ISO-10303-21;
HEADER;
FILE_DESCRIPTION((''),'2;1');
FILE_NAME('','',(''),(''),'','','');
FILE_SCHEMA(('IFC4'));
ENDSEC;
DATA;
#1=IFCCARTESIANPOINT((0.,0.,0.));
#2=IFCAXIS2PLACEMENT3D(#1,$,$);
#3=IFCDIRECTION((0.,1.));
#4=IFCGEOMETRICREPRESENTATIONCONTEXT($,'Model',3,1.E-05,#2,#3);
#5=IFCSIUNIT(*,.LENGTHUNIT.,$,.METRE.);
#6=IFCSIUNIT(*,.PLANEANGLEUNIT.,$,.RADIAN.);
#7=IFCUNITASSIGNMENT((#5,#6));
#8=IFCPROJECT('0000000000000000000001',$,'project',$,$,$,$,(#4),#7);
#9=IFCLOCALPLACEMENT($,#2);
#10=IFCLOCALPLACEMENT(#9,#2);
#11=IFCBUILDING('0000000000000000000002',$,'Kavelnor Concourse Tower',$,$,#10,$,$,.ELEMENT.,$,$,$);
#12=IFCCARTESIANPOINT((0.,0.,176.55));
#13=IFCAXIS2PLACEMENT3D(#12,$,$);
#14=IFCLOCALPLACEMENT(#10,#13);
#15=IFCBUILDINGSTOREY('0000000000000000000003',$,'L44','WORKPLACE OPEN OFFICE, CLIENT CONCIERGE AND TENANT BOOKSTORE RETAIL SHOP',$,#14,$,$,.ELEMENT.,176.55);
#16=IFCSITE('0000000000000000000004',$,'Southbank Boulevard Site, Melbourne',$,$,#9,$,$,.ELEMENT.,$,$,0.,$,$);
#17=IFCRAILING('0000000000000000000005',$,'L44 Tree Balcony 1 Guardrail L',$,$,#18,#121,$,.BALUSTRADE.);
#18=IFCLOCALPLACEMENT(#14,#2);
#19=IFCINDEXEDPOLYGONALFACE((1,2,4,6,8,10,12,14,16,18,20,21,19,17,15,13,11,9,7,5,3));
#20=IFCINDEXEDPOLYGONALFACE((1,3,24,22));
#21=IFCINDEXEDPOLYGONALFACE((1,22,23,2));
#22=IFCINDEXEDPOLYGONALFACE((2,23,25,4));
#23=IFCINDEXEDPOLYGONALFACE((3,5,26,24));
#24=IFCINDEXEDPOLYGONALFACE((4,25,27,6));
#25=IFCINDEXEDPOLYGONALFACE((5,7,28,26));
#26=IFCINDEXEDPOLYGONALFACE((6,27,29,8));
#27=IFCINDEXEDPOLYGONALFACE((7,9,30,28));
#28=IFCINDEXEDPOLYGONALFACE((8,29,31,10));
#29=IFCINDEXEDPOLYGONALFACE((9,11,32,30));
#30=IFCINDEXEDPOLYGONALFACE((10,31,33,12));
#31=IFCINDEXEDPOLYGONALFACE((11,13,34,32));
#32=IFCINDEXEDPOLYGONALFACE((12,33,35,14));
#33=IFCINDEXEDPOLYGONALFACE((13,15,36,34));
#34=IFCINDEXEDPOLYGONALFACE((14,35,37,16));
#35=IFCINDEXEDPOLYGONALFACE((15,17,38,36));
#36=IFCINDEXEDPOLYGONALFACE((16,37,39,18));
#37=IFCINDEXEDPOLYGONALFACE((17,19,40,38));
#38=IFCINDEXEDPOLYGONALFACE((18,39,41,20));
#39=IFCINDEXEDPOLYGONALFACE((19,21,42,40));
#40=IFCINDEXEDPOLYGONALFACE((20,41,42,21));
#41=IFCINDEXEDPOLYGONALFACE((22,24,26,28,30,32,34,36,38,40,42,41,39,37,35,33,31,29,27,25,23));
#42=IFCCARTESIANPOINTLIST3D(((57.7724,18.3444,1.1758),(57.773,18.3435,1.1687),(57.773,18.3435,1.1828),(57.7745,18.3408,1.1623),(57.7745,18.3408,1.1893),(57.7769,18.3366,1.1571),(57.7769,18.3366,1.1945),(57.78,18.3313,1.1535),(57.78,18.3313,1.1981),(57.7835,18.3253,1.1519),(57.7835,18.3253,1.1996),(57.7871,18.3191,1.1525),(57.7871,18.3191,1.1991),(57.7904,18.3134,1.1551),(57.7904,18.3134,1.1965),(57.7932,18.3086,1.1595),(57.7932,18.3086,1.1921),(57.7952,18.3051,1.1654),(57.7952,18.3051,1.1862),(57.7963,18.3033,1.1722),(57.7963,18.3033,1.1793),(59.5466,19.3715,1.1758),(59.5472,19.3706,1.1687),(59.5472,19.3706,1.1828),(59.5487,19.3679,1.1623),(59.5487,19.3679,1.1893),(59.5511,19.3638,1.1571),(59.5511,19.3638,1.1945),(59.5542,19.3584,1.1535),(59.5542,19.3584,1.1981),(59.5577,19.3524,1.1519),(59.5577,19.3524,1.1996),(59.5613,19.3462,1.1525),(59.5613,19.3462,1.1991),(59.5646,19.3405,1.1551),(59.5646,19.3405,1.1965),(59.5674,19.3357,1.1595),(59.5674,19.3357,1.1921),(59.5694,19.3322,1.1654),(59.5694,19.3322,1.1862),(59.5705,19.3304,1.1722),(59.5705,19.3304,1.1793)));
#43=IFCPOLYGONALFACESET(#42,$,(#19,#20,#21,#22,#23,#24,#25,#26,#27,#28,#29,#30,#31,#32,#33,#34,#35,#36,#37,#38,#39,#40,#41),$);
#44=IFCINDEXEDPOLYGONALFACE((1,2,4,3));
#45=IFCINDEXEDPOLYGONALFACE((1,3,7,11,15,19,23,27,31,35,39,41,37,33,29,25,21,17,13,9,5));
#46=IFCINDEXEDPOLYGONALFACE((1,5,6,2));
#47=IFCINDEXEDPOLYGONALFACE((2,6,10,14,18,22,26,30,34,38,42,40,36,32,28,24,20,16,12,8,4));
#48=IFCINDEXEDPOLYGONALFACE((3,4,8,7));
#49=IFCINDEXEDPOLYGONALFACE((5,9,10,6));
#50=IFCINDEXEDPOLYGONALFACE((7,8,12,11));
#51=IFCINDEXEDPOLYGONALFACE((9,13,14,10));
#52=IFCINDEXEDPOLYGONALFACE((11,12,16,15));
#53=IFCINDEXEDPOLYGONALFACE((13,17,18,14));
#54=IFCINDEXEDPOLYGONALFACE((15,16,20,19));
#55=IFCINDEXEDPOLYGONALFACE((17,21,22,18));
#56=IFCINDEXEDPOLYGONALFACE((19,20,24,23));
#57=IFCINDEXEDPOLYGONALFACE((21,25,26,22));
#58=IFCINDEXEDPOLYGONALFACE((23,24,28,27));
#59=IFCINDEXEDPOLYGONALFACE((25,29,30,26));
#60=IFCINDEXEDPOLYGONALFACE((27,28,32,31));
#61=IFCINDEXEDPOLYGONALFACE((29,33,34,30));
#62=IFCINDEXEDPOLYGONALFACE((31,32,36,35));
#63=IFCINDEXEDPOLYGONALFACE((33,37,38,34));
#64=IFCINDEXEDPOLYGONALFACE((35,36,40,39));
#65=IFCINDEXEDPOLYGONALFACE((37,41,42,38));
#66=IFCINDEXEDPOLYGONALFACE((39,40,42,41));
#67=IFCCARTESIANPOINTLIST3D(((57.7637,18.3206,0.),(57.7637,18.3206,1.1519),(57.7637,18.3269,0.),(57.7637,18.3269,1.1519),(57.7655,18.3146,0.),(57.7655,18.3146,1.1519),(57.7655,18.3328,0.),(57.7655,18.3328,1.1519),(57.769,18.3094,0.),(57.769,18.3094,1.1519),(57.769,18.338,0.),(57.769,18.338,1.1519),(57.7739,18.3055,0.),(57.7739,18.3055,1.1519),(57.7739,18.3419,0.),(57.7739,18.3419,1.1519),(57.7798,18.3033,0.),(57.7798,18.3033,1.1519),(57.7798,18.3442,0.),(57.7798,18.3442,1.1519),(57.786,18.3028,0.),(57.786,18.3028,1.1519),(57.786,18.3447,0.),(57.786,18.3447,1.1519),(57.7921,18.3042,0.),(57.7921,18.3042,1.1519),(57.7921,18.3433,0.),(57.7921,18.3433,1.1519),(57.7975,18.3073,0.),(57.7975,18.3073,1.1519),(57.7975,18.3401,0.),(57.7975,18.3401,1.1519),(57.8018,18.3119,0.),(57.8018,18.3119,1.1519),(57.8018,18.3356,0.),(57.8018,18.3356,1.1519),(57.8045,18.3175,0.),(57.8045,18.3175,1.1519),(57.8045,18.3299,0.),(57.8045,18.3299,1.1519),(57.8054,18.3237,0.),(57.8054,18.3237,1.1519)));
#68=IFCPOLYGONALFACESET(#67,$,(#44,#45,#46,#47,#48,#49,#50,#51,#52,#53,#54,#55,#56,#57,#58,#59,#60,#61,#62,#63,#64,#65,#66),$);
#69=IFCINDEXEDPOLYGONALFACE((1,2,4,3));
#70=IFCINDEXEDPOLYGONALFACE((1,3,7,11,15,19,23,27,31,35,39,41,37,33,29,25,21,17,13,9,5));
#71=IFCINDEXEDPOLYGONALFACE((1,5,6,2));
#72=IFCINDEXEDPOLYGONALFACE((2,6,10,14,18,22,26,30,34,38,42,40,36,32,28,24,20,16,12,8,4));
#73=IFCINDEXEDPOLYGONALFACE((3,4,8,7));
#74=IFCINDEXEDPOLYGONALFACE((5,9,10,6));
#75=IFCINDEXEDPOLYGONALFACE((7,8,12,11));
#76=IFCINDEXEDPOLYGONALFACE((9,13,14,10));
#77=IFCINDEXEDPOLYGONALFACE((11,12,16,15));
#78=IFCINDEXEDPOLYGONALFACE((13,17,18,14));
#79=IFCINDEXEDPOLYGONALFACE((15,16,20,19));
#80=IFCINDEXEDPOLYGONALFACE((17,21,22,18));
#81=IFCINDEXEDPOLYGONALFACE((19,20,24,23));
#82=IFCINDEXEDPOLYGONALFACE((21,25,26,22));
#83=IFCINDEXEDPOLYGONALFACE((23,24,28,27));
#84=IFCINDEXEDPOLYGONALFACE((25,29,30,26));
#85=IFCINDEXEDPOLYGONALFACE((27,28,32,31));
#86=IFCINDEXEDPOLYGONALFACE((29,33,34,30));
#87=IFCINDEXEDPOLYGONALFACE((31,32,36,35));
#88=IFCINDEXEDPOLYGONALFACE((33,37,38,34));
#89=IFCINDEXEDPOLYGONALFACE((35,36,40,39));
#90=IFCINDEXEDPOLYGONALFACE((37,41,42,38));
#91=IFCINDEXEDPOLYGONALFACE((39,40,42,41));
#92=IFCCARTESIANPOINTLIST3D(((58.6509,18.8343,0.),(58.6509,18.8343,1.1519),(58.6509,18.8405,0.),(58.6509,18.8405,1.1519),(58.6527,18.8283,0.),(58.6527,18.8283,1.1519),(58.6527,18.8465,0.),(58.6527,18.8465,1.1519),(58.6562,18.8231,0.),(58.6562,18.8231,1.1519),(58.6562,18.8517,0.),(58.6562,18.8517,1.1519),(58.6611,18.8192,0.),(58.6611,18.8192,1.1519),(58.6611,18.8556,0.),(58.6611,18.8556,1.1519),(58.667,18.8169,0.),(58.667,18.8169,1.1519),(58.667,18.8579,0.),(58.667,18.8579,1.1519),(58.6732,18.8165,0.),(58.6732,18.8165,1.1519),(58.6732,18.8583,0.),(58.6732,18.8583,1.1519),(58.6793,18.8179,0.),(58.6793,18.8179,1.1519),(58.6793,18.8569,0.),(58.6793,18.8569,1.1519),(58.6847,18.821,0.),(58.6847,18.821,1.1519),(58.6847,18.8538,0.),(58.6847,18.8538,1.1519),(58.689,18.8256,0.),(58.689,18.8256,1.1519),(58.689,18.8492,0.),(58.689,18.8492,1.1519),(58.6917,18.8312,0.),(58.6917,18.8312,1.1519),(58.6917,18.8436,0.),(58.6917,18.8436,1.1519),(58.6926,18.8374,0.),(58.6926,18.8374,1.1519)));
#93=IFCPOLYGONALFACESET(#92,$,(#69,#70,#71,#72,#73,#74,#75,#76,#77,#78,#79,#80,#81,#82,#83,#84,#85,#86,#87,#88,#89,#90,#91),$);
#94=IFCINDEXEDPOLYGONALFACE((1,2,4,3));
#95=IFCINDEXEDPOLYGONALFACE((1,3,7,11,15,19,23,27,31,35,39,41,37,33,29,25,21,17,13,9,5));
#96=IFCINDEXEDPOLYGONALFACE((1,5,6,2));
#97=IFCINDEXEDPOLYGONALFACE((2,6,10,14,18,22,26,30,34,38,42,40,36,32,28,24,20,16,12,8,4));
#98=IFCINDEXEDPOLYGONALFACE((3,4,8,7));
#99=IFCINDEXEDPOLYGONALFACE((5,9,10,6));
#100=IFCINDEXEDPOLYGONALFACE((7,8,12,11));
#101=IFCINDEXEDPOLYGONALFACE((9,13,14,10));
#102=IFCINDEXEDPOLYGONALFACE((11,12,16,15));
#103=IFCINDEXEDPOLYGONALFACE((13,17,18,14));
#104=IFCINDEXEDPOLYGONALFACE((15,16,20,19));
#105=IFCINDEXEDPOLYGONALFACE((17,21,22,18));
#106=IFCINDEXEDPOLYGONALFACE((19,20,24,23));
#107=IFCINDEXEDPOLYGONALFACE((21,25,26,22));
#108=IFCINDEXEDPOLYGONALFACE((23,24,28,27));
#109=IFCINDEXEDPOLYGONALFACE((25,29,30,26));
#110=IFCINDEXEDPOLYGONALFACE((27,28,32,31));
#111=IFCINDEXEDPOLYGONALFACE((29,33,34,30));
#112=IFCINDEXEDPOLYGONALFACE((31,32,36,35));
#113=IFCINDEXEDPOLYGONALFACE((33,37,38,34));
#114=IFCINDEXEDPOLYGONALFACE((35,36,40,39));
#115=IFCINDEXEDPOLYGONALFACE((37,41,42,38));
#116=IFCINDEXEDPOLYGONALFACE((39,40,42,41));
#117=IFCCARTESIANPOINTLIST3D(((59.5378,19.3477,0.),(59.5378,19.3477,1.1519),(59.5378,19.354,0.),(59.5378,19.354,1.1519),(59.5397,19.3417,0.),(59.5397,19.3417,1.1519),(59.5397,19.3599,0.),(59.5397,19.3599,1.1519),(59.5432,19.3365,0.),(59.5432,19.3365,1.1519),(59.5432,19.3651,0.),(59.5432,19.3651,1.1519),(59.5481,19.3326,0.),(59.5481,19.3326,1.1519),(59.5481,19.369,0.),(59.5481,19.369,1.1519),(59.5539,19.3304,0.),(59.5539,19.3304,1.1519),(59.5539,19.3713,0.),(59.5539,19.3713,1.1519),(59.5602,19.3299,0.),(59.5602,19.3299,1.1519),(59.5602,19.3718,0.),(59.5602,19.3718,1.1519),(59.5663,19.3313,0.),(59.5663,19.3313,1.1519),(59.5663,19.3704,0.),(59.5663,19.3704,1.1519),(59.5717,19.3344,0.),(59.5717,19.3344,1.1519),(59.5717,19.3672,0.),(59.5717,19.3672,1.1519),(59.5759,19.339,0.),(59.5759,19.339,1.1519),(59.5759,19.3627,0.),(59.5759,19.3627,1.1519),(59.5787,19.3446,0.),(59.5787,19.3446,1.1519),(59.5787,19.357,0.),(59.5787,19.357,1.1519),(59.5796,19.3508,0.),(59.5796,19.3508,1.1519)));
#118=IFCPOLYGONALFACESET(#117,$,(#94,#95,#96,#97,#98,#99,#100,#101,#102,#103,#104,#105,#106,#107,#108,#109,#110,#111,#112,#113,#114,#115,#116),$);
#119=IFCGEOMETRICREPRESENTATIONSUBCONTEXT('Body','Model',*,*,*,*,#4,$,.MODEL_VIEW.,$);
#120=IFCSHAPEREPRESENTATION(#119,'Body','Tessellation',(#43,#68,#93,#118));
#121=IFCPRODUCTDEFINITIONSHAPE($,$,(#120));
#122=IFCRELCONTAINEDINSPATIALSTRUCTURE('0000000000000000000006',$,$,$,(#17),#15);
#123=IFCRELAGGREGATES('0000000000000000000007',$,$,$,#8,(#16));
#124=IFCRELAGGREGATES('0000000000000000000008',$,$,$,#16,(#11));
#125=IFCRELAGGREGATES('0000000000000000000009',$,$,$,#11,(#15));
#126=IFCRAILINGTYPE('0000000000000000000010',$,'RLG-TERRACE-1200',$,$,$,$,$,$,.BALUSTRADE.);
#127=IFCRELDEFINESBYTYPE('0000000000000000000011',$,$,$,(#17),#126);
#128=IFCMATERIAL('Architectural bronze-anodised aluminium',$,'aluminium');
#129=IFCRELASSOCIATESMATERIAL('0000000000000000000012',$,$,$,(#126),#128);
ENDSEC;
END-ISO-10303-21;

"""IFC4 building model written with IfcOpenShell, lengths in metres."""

from ifc_helpers import new_model, si_unit, direction, frame, origin, origin_2d, place, context, subcontext, project, spatial, circle, extrude, material, type_object, element, save


model = new_model("IFC4")

# Units and contexts
model_context = context("Model", 3, precision=1e-05, world=origin(), true_north=direction((0.0, 1.0)))
body_context = subcontext(model_context, "Body", "Model", "MODEL_VIEW")
ifc_project = project(units=[si_unit("LENGTHUNIT", "METRE"), si_unit("PLANEANGLEUNIT", "RADIAN")], contexts=[model_context])

# Site, building, storey
site_placement = place(None, origin())
site = spatial("IfcSite", under=ifc_project, at=site_placement, Name="Southbank Boulevard Site, Melbourne", CompositionType="ELEMENT", RefElevation=0.0)
building_placement = place(site_placement, origin())
building = spatial("IfcBuilding", under=site, at=building_placement, Name="Kavelnor Concourse Tower", CompositionType="ELEMENT")
storey_placement = place(building_placement, frame((0.0, 0.0, 176.55)))
storey = spatial("IfcBuildingStorey", under=building, at=storey_placement, Name="L44", Description="WORKPLACE OPEN OFFICE, CLIENT CONCIERGE AND TENANT BOOKSTORE RETAIL SHOP", CompositionType="ELEMENT", Elevation=176.55)

# Railing
ifc_material_1 = material(Name="Architectural bronze-anodised aluminium", Category="aluminium")
railing_type_1 = type_object("IfcRailingType", Name="RLG-TERRACE-1200", PredefinedType="BALUSTRADE", material=ifc_material_1)
railing_1_placement = place(storey_placement, frame((57.7844, 18.3237, 0.0)))
element("IfcRailing", 1, at=railing_1_placement, inside=storey, type_object=railing_type_1, Name="L44 Tree Balcony 1 Guardrail L", PredefinedType="BALUSTRADE", context=body_context, shape_type="SweptSolid", body=[
    extrude(circle(Radius=0.0239, at=origin_2d()), frame((0.0, 0.0, 1.1758), z_axis=(0.865437, 0.501017, 0.0), x_axis=(-0.501017, 0.865437, 0.0)), (0.0, 0.0, 1.0), 2.05),
    extrude(circle(Radius=0.021, at=origin_2d()), origin(), (0.0, 0.0, 1.0), 1.1519),
    extrude(circle(Radius=0.021, at=origin_2d()), frame((0.8872, 0.5137, 0.0)), (0.0, 0.0, 1.0), 1.1519),
    extrude(circle(Radius=0.021, at=origin_2d()), frame((1.7742, 1.0271, 0.0)), (0.0, 0.0, 1.0), 1.1519),
])

save(model, "model.ifc")
